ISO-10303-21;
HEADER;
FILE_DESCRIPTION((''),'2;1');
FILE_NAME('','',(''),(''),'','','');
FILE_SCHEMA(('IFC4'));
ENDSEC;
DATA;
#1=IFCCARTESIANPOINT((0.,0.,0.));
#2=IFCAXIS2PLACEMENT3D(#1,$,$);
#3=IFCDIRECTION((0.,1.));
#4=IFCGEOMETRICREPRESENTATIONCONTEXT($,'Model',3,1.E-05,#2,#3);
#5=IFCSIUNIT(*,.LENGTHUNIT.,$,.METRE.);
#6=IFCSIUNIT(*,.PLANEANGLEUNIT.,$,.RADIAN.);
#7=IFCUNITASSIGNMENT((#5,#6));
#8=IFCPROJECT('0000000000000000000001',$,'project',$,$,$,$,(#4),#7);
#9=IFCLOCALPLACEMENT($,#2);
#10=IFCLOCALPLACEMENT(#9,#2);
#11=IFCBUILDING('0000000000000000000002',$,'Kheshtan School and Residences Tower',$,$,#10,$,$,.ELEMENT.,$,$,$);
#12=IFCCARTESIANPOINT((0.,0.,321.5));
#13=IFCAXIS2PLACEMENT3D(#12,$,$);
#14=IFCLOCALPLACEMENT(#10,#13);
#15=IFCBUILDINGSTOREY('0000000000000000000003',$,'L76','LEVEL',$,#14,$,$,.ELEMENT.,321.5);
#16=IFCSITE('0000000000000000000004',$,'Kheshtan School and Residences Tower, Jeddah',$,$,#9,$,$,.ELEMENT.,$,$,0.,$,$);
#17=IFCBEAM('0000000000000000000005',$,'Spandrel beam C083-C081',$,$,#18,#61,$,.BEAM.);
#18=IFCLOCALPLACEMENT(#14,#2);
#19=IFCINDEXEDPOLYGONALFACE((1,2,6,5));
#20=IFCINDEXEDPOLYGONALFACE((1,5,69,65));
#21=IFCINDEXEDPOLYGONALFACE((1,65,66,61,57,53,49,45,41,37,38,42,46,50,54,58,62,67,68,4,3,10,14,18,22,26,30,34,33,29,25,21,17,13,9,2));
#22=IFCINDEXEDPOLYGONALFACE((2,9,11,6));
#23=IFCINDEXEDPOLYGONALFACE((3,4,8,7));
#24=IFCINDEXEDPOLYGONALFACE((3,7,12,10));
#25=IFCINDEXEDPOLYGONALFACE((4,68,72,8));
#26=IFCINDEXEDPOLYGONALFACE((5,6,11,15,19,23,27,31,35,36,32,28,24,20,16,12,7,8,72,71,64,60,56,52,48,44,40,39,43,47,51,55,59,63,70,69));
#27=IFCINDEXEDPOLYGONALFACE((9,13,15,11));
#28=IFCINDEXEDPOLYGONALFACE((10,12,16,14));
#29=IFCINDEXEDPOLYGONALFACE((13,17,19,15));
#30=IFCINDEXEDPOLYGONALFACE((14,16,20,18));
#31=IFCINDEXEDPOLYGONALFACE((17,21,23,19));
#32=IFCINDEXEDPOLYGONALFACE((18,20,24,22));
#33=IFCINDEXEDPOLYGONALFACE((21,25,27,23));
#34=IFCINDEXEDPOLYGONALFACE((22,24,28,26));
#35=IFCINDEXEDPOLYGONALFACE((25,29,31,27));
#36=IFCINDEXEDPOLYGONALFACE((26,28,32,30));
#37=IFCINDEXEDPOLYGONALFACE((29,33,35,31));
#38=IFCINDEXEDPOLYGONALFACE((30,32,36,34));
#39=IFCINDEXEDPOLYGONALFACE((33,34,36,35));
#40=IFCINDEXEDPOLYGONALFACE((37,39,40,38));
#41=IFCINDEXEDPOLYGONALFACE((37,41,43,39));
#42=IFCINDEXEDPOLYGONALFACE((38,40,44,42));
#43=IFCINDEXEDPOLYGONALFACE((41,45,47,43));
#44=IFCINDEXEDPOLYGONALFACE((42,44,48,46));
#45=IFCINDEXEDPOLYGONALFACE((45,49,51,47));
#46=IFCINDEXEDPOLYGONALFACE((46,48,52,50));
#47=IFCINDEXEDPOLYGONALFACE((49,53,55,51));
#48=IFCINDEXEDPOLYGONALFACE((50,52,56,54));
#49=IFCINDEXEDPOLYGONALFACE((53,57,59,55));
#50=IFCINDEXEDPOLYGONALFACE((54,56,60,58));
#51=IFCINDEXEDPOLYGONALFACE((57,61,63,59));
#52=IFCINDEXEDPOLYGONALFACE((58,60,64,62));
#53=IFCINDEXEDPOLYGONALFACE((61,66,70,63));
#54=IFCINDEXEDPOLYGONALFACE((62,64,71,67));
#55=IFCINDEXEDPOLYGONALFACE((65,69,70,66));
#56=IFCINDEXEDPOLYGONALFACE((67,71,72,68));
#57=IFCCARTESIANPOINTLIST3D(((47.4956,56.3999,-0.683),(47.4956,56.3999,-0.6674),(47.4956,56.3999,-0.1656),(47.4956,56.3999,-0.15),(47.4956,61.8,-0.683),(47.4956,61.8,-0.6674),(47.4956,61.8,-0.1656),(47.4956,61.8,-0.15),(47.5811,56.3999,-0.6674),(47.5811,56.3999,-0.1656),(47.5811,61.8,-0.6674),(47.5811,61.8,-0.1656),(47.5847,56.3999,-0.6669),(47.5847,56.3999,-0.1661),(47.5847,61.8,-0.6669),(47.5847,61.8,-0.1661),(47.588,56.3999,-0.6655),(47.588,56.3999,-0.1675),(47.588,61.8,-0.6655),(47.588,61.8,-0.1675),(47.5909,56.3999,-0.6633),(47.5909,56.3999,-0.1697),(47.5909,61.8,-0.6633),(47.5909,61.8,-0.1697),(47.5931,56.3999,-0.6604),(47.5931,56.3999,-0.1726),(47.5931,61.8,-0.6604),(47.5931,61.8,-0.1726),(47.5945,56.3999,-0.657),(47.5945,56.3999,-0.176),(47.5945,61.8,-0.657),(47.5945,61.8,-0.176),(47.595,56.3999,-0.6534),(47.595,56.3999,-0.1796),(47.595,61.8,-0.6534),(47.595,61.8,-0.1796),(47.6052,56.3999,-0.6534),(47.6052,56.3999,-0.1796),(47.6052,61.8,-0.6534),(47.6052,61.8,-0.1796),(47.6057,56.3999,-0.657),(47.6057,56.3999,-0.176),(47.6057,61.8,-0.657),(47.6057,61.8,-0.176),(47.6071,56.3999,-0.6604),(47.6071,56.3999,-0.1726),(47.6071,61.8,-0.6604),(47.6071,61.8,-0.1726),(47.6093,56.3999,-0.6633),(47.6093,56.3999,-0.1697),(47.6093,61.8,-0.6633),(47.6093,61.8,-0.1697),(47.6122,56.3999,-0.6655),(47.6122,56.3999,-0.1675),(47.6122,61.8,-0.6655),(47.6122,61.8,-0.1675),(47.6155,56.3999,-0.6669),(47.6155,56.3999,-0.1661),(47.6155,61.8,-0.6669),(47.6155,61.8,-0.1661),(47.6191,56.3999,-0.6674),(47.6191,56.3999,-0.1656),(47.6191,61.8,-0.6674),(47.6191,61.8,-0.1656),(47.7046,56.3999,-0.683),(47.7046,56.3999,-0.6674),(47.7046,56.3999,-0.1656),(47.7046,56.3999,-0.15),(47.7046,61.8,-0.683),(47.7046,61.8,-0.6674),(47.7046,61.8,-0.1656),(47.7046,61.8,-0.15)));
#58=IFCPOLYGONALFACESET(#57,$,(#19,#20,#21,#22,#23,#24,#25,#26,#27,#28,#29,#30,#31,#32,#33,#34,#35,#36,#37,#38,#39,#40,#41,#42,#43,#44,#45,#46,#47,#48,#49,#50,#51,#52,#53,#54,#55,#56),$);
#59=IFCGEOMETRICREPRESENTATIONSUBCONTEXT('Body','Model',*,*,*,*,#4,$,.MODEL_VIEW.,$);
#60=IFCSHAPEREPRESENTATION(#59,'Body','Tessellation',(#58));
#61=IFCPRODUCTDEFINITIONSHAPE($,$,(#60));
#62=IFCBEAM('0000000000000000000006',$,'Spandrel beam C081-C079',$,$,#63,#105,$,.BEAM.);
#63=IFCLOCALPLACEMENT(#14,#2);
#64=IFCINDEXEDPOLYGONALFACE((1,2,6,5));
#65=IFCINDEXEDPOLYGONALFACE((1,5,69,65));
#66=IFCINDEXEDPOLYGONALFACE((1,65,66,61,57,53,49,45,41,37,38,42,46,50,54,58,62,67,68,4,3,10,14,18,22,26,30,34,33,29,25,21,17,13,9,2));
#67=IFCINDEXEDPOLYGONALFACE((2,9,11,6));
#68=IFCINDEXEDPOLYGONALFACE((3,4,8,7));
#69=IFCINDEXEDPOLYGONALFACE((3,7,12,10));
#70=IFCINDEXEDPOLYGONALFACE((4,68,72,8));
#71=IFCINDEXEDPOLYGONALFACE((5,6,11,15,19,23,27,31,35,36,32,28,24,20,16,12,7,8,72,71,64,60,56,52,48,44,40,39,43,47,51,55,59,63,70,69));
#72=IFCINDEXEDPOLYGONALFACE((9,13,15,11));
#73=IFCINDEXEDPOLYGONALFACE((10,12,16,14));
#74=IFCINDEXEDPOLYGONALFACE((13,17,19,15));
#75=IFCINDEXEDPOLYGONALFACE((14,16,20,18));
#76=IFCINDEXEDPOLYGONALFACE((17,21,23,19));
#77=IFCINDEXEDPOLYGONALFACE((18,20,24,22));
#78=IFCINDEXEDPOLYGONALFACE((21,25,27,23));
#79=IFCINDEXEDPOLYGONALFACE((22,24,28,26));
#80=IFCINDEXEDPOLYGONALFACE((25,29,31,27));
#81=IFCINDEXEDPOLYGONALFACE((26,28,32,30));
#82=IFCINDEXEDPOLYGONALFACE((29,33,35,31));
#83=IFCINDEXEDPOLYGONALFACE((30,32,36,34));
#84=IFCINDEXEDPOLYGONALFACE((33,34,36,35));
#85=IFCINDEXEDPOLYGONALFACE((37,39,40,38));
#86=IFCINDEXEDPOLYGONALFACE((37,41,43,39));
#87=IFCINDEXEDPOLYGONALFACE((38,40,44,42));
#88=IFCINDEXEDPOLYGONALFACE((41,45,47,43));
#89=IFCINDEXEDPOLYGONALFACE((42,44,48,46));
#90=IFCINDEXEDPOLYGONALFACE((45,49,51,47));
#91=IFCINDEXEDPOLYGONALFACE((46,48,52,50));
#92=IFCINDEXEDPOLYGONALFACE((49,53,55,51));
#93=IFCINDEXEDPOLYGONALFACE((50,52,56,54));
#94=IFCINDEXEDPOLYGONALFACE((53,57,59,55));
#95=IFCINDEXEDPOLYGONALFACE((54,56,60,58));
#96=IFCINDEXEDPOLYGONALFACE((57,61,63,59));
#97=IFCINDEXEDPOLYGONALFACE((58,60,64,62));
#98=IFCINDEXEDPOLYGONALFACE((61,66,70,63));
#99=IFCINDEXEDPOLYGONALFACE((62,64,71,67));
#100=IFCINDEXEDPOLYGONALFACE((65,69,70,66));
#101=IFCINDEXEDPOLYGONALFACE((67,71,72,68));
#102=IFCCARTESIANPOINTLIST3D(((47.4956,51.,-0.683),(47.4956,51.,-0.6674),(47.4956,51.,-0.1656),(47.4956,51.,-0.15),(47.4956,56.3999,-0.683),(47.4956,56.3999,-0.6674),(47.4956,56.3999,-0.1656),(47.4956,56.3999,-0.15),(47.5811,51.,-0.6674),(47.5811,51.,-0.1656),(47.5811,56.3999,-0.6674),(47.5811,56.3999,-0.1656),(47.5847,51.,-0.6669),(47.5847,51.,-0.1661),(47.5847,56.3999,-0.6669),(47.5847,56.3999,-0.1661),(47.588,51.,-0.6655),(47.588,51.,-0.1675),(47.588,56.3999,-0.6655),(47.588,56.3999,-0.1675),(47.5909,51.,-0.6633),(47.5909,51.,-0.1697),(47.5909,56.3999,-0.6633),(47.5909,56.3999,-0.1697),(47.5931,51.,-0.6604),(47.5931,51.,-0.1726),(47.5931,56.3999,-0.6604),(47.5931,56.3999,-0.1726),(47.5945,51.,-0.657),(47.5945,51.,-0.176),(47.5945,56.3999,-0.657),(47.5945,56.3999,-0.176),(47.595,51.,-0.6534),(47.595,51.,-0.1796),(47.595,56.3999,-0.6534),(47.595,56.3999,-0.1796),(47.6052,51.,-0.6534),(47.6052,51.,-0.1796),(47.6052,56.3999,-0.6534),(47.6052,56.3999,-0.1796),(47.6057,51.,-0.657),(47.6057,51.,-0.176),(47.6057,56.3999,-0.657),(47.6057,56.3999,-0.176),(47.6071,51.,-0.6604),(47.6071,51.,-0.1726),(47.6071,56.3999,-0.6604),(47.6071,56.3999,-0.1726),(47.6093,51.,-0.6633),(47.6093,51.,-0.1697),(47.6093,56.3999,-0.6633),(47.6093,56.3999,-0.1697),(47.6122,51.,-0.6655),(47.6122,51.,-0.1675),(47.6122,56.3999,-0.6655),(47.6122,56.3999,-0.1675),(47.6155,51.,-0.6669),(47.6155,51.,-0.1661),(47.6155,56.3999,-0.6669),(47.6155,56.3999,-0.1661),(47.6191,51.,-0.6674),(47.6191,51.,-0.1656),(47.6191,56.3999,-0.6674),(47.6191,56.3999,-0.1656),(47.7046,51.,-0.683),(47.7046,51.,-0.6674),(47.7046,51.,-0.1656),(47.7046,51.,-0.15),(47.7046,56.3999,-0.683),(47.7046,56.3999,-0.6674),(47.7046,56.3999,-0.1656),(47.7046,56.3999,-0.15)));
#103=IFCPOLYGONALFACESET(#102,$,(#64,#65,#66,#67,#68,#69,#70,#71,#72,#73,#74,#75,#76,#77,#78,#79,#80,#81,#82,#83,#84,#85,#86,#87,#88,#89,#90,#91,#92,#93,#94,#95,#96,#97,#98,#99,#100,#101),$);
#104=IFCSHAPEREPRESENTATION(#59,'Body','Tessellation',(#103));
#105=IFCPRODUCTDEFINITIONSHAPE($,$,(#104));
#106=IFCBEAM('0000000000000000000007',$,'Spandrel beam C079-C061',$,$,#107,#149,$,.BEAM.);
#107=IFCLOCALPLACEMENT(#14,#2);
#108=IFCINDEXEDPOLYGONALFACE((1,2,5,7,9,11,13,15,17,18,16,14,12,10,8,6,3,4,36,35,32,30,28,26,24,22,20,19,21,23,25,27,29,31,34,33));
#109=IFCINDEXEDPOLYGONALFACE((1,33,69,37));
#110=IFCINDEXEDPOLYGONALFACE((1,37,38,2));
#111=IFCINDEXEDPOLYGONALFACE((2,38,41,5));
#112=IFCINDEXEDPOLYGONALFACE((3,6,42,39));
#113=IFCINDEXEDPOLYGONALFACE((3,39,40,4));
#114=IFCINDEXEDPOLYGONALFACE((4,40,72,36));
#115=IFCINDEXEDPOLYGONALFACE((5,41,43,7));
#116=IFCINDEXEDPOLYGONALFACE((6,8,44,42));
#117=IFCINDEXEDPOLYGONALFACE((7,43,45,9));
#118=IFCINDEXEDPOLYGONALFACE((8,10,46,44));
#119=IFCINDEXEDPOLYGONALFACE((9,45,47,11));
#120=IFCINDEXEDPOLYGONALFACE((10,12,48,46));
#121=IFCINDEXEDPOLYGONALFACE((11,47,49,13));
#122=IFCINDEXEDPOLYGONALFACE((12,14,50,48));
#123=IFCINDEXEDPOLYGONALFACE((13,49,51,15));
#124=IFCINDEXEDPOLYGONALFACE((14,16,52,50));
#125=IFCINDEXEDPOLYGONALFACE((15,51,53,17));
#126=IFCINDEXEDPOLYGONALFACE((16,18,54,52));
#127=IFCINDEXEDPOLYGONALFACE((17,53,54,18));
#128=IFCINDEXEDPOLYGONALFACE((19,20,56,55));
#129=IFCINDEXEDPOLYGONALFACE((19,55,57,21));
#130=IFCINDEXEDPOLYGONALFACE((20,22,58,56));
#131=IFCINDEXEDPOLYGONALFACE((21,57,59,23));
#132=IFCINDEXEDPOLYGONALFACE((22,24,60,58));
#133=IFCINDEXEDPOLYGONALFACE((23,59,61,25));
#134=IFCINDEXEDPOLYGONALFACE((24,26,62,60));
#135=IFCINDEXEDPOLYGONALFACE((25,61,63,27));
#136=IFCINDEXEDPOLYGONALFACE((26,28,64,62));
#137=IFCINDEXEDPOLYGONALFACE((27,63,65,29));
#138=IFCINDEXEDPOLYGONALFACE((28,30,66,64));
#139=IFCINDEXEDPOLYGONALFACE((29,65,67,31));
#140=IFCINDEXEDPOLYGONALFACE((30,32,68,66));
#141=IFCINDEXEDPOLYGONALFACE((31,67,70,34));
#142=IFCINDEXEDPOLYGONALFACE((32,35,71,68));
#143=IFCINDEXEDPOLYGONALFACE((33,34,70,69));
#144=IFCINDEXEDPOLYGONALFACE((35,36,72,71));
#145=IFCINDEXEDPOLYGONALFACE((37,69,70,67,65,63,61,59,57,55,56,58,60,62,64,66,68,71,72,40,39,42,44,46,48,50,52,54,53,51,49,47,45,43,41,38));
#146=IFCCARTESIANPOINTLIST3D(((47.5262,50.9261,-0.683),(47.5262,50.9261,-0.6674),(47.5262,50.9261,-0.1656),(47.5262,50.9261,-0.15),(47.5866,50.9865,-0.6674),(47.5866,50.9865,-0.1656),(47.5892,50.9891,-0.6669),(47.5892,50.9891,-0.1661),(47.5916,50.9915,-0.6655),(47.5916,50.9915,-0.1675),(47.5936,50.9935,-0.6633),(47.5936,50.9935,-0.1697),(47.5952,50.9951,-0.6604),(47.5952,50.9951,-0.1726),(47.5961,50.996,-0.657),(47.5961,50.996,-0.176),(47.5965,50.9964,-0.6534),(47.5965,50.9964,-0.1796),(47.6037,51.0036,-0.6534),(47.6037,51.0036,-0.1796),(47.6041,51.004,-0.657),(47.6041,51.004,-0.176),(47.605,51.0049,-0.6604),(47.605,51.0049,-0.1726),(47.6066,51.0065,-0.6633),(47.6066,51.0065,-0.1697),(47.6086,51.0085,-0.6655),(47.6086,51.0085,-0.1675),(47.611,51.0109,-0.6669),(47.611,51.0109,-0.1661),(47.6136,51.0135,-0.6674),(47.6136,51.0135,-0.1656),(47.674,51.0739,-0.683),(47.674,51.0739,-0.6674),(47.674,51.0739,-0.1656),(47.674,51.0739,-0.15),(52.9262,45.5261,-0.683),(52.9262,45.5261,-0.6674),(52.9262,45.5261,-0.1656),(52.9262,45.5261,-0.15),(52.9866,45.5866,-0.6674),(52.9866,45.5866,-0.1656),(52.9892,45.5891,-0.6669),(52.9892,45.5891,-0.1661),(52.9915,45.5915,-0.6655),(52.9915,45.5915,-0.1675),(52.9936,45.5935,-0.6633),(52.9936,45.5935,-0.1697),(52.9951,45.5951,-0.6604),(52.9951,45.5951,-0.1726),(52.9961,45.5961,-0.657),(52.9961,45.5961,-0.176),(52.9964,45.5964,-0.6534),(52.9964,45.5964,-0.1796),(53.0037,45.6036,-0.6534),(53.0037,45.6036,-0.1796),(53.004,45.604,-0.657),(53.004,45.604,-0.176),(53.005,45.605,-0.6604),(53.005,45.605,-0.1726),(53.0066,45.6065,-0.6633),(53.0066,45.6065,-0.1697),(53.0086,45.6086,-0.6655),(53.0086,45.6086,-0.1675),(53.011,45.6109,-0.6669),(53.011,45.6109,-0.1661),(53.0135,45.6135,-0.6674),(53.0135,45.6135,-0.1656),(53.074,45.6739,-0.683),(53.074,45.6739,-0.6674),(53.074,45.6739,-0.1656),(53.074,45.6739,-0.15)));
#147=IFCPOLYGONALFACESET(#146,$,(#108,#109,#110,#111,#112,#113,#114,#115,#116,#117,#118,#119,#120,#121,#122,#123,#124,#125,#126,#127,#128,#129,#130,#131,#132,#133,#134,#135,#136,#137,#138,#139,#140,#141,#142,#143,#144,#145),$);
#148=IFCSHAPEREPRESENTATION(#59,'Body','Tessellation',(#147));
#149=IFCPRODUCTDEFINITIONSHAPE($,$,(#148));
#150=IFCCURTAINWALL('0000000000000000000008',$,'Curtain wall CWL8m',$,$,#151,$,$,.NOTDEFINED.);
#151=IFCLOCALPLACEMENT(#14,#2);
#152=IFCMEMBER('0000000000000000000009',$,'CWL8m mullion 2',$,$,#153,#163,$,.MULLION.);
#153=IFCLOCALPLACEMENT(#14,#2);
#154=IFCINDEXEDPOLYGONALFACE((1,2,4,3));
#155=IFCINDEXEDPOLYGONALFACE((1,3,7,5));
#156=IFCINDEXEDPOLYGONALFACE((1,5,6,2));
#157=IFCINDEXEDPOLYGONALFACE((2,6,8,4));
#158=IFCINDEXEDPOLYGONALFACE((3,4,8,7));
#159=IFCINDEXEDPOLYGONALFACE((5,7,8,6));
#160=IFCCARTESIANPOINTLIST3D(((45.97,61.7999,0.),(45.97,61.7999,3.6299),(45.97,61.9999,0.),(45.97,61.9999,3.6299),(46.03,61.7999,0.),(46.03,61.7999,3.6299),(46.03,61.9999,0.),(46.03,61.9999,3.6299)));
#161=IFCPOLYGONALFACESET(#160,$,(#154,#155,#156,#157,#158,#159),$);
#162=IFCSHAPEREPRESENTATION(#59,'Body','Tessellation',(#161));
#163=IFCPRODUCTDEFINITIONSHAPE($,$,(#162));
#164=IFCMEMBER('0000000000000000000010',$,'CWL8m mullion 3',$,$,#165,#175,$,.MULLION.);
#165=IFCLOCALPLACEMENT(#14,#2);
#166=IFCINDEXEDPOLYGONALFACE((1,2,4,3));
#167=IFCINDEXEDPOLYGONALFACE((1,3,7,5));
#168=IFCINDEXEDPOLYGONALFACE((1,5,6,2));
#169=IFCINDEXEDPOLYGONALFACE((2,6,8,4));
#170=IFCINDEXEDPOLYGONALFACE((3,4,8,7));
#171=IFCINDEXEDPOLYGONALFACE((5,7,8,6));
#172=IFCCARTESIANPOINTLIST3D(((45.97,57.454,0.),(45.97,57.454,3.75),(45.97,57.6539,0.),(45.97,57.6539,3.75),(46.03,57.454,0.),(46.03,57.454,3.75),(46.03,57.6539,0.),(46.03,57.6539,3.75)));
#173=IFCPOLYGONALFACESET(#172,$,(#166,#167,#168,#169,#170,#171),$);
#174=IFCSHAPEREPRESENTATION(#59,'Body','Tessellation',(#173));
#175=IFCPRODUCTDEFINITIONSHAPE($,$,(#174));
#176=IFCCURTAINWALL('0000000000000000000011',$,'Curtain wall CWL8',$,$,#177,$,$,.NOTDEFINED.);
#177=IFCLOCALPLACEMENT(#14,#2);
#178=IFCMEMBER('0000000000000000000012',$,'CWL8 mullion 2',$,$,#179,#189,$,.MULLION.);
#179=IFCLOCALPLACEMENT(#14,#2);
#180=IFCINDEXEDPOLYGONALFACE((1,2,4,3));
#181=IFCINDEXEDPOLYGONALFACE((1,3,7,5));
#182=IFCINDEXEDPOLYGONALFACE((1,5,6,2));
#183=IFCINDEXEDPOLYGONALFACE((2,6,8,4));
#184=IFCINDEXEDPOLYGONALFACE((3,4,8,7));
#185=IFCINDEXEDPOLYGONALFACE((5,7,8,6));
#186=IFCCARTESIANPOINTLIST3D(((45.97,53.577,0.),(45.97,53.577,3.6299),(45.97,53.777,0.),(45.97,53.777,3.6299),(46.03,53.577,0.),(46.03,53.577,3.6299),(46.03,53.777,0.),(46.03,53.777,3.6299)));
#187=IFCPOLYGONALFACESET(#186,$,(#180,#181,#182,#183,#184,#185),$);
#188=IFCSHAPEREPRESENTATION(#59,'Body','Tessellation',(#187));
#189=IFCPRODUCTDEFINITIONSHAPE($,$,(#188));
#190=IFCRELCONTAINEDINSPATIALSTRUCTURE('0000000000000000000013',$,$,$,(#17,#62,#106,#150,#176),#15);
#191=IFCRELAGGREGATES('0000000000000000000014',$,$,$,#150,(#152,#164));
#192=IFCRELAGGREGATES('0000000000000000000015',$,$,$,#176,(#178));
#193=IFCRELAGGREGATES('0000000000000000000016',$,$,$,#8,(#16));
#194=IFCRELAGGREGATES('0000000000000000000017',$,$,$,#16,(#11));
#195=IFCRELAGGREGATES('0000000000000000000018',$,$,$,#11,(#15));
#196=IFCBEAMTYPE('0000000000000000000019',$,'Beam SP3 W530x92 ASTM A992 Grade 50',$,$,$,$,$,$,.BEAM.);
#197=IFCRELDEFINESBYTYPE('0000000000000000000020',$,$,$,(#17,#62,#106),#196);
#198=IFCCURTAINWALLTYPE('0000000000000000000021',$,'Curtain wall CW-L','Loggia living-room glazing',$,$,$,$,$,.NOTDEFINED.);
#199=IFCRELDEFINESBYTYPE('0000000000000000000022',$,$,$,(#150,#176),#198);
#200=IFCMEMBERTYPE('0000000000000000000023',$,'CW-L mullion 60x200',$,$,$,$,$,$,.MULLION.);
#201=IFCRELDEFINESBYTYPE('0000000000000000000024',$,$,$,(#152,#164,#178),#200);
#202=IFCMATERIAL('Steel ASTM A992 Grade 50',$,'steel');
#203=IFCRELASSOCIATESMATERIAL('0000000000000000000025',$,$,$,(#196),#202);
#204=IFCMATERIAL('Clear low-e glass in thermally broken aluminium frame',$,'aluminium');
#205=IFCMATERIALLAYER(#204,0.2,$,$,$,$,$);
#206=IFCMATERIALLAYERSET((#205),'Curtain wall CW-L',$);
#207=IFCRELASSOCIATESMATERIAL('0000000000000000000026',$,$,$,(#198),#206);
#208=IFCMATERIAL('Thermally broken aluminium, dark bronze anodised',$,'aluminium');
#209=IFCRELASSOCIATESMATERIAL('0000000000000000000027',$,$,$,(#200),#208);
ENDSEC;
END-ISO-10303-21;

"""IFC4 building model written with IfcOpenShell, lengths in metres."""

from ifc_helpers import new_model, si_unit, direction, frame, origin, origin_2d, place, context, subcontext, project, spatial, rectangle, i_section, extrude, material, layer, layer_set, material_profile, profile_set, type_object, element, aggregate, save


model = new_model("IFC4")

# Units and contexts
model_context = context("Model", 3, precision=1e-05, world=origin(), true_north=direction((0.0, 1.0)))
body_context = subcontext(model_context, "Body", "Model", "MODEL_VIEW")
ifc_project = project(units=[si_unit("LENGTHUNIT", "METRE"), si_unit("PLANEANGLEUNIT", "RADIAN")], contexts=[model_context])

# Site, building, storey
site_placement = place(None, origin())
site = spatial("IfcSite", under=ifc_project, at=site_placement, Name="Kheshtan School and Residences Tower, Jeddah", CompositionType="ELEMENT", RefElevation=0.0)
building_placement = place(site_placement, origin())
building = spatial("IfcBuilding", under=site, at=building_placement, Name="Kheshtan School and Residences Tower", CompositionType="ELEMENT")
storey_placement = place(building_placement, frame((0.0, 0.0, 321.5)))
storey = spatial("IfcBuildingStorey", under=building, at=storey_placement, Name="L76", Description="LEVEL", CompositionType="ELEMENT", Elevation=321.5)

# Shared definitions
ifc_material_1 = material(Name="Steel ASTM A992 Grade 50", Category="steel")

# Beams
ifc_material_profile_1 = material_profile(ifc_material_1, i_section(OverallWidth=0.209, OverallDepth=0.533, WebThickness=0.0103, FlangeThickness=0.0156, FilletRadius=0.0139, at=origin_2d()), Name="W530x92")
ifc_profile_set_1 = profile_set([ifc_material_profile_1], Name="Steel ASTM A992 Grade 50")
beam_type_1 = type_object("IfcBeamType", Name="Beam SP3 W530x92 ASTM A992 Grade 50", PredefinedType="BEAM", material=ifc_profile_set_1)
beam_1_placement = place(storey_placement, frame((47.6001, 61.8, -0.4165), z_axis=(0.0, -1.0, 0.0), x_axis=(1.0, 0.0, 0.0)))
element("IfcBeam", 1, at=beam_1_placement, inside=storey, type_object=beam_type_1, Name="Spandrel beam C083-C081", PredefinedType="BEAM", context=body_context, shape_type="SweptSolid", body=[
    extrude(i_section(OverallWidth=0.209, OverallDepth=0.533, WebThickness=0.0103, FlangeThickness=0.0156, FilletRadius=0.0139, at=origin_2d()), origin(), (0.0, 0.0, 1.0), 5.4001),
])
beam_2_placement = place(storey_placement, frame((47.6001, 56.3999, -0.4165), z_axis=(0.0, -1.0, 0.0), x_axis=(1.0, 0.0, 0.0)))
element("IfcBeam", 2, at=beam_2_placement, inside=storey, type_object=beam_type_1, Name="Spandrel beam C081-C079", PredefinedType="BEAM", context=body_context, shape_type="SweptSolid", body=[
    extrude(i_section(OverallWidth=0.209, OverallDepth=0.533, WebThickness=0.0103, FlangeThickness=0.0156, FilletRadius=0.0139, at=origin_2d()), origin(), (0.0, 0.0, 1.0), 5.3999),
])
beam_3_placement = place(storey_placement, frame((47.6001, 51.0, -0.4165), z_axis=(0.707107, -0.707107, 0.0), x_axis=(0.707107, 0.707107, 0.0)))
element("IfcBeam", 3, at=beam_3_placement, inside=storey, type_object=beam_type_1, Name="Spandrel beam C079-C061", PredefinedType="BEAM", context=body_context, shape_type="SweptSolid", body=[
    extrude(i_section(OverallWidth=0.209, OverallDepth=0.533, WebThickness=0.0103, FlangeThickness=0.0156, FilletRadius=0.0139, at=origin_2d()), origin(), (0.0, 0.0, 1.0), 7.6367),
])

# Curtain walls, members
ifc_material_2 = material(Name="Clear low-e glass in thermally broken aluminium frame", Category="aluminium")
ifc_layer_1 = layer(ifc_material_2, 0.2)
ifc_layer_set_1 = layer_set([ifc_layer_1], Name="Curtain wall CW-L")
curtain_wall_type = type_object("IfcCurtainWallType", Name="Curtain wall CW-L", Description="Loggia living-room glazing", PredefinedType="NOTDEFINED", material=ifc_layer_set_1)
curtain_wall_1_placement = place(storey_placement, origin())
curtain_wall_1 = element("IfcCurtainWall", 4, at=curtain_wall_1_placement, inside=storey, type_object=curtain_wall_type, Name="Curtain wall CWL8m", PredefinedType="NOTDEFINED")
ifc_material_3 = material(Name="Thermally broken aluminium, dark bronze anodised", Category="aluminium")
ifc_material_profile_2 = material_profile(ifc_material_3, rectangle(XDim=0.0601, YDim=0.2, at=origin_2d()), Name="CW-L mullion 60x200")
ifc_profile_set_2 = profile_set([ifc_material_profile_2], Name="Thermally broken aluminium, dark bronze anodised")
member_type_1 = type_object("IfcMemberType", Name="CW-L mullion 60x200", PredefinedType="MULLION", material=ifc_profile_set_2)
member_1_placement = place(storey_placement, frame((46.0, 61.8999, 0.0), z_axis=(0.0, 0.0, 1.0), x_axis=(1.0, 0.0, 0.0)))
member_1 = element("IfcMember", 5, at=member_1_placement, type_object=member_type_1, Name="CWL8m mullion 2", PredefinedType="MULLION", context=body_context, shape_type="SweptSolid", body=[
    extrude(rectangle(XDim=0.0601, YDim=0.2, at=origin_2d()), origin(), (0.0, 0.0, 1.0), 3.6299),
])
member_2_placement = place(storey_placement, frame((46.0, 57.554, 0.0), z_axis=(0.0, 0.0, 1.0), x_axis=(1.0, 0.0, 0.0)))
member_2 = element("IfcMember", 6, at=member_2_placement, type_object=member_type_1, Name="CWL8m mullion 3", PredefinedType="MULLION", context=body_context, shape_type="SweptSolid", body=[
    extrude(rectangle(XDim=0.0601, YDim=0.2, at=origin_2d()), origin(), (0.0, 0.0, 1.0), 3.75),
])
curtain_wall_2_placement = place(storey_placement, origin())
curtain_wall_2 = element("IfcCurtainWall", 7, at=curtain_wall_2_placement, inside=storey, type_object=curtain_wall_type, Name="Curtain wall CWL8", PredefinedType="NOTDEFINED")
member_3_placement = place(storey_placement, frame((46.0, 53.677, 0.0), z_axis=(0.0, 0.0, 1.0), x_axis=(1.0, 0.0, 0.0)))
member_3 = element("IfcMember", 8, at=member_3_placement, type_object=member_type_1, Name="CWL8 mullion 2", PredefinedType="MULLION", context=body_context, shape_type="SweptSolid", body=[
    extrude(rectangle(XDim=0.0601, YDim=0.2, at=origin_2d()), origin(), (0.0, 0.0, 1.0), 3.6299),
])

aggregate(curtain_wall_1, [member_1, member_2])
aggregate(curtain_wall_2, [member_3])

save(model, "model.ifc")
